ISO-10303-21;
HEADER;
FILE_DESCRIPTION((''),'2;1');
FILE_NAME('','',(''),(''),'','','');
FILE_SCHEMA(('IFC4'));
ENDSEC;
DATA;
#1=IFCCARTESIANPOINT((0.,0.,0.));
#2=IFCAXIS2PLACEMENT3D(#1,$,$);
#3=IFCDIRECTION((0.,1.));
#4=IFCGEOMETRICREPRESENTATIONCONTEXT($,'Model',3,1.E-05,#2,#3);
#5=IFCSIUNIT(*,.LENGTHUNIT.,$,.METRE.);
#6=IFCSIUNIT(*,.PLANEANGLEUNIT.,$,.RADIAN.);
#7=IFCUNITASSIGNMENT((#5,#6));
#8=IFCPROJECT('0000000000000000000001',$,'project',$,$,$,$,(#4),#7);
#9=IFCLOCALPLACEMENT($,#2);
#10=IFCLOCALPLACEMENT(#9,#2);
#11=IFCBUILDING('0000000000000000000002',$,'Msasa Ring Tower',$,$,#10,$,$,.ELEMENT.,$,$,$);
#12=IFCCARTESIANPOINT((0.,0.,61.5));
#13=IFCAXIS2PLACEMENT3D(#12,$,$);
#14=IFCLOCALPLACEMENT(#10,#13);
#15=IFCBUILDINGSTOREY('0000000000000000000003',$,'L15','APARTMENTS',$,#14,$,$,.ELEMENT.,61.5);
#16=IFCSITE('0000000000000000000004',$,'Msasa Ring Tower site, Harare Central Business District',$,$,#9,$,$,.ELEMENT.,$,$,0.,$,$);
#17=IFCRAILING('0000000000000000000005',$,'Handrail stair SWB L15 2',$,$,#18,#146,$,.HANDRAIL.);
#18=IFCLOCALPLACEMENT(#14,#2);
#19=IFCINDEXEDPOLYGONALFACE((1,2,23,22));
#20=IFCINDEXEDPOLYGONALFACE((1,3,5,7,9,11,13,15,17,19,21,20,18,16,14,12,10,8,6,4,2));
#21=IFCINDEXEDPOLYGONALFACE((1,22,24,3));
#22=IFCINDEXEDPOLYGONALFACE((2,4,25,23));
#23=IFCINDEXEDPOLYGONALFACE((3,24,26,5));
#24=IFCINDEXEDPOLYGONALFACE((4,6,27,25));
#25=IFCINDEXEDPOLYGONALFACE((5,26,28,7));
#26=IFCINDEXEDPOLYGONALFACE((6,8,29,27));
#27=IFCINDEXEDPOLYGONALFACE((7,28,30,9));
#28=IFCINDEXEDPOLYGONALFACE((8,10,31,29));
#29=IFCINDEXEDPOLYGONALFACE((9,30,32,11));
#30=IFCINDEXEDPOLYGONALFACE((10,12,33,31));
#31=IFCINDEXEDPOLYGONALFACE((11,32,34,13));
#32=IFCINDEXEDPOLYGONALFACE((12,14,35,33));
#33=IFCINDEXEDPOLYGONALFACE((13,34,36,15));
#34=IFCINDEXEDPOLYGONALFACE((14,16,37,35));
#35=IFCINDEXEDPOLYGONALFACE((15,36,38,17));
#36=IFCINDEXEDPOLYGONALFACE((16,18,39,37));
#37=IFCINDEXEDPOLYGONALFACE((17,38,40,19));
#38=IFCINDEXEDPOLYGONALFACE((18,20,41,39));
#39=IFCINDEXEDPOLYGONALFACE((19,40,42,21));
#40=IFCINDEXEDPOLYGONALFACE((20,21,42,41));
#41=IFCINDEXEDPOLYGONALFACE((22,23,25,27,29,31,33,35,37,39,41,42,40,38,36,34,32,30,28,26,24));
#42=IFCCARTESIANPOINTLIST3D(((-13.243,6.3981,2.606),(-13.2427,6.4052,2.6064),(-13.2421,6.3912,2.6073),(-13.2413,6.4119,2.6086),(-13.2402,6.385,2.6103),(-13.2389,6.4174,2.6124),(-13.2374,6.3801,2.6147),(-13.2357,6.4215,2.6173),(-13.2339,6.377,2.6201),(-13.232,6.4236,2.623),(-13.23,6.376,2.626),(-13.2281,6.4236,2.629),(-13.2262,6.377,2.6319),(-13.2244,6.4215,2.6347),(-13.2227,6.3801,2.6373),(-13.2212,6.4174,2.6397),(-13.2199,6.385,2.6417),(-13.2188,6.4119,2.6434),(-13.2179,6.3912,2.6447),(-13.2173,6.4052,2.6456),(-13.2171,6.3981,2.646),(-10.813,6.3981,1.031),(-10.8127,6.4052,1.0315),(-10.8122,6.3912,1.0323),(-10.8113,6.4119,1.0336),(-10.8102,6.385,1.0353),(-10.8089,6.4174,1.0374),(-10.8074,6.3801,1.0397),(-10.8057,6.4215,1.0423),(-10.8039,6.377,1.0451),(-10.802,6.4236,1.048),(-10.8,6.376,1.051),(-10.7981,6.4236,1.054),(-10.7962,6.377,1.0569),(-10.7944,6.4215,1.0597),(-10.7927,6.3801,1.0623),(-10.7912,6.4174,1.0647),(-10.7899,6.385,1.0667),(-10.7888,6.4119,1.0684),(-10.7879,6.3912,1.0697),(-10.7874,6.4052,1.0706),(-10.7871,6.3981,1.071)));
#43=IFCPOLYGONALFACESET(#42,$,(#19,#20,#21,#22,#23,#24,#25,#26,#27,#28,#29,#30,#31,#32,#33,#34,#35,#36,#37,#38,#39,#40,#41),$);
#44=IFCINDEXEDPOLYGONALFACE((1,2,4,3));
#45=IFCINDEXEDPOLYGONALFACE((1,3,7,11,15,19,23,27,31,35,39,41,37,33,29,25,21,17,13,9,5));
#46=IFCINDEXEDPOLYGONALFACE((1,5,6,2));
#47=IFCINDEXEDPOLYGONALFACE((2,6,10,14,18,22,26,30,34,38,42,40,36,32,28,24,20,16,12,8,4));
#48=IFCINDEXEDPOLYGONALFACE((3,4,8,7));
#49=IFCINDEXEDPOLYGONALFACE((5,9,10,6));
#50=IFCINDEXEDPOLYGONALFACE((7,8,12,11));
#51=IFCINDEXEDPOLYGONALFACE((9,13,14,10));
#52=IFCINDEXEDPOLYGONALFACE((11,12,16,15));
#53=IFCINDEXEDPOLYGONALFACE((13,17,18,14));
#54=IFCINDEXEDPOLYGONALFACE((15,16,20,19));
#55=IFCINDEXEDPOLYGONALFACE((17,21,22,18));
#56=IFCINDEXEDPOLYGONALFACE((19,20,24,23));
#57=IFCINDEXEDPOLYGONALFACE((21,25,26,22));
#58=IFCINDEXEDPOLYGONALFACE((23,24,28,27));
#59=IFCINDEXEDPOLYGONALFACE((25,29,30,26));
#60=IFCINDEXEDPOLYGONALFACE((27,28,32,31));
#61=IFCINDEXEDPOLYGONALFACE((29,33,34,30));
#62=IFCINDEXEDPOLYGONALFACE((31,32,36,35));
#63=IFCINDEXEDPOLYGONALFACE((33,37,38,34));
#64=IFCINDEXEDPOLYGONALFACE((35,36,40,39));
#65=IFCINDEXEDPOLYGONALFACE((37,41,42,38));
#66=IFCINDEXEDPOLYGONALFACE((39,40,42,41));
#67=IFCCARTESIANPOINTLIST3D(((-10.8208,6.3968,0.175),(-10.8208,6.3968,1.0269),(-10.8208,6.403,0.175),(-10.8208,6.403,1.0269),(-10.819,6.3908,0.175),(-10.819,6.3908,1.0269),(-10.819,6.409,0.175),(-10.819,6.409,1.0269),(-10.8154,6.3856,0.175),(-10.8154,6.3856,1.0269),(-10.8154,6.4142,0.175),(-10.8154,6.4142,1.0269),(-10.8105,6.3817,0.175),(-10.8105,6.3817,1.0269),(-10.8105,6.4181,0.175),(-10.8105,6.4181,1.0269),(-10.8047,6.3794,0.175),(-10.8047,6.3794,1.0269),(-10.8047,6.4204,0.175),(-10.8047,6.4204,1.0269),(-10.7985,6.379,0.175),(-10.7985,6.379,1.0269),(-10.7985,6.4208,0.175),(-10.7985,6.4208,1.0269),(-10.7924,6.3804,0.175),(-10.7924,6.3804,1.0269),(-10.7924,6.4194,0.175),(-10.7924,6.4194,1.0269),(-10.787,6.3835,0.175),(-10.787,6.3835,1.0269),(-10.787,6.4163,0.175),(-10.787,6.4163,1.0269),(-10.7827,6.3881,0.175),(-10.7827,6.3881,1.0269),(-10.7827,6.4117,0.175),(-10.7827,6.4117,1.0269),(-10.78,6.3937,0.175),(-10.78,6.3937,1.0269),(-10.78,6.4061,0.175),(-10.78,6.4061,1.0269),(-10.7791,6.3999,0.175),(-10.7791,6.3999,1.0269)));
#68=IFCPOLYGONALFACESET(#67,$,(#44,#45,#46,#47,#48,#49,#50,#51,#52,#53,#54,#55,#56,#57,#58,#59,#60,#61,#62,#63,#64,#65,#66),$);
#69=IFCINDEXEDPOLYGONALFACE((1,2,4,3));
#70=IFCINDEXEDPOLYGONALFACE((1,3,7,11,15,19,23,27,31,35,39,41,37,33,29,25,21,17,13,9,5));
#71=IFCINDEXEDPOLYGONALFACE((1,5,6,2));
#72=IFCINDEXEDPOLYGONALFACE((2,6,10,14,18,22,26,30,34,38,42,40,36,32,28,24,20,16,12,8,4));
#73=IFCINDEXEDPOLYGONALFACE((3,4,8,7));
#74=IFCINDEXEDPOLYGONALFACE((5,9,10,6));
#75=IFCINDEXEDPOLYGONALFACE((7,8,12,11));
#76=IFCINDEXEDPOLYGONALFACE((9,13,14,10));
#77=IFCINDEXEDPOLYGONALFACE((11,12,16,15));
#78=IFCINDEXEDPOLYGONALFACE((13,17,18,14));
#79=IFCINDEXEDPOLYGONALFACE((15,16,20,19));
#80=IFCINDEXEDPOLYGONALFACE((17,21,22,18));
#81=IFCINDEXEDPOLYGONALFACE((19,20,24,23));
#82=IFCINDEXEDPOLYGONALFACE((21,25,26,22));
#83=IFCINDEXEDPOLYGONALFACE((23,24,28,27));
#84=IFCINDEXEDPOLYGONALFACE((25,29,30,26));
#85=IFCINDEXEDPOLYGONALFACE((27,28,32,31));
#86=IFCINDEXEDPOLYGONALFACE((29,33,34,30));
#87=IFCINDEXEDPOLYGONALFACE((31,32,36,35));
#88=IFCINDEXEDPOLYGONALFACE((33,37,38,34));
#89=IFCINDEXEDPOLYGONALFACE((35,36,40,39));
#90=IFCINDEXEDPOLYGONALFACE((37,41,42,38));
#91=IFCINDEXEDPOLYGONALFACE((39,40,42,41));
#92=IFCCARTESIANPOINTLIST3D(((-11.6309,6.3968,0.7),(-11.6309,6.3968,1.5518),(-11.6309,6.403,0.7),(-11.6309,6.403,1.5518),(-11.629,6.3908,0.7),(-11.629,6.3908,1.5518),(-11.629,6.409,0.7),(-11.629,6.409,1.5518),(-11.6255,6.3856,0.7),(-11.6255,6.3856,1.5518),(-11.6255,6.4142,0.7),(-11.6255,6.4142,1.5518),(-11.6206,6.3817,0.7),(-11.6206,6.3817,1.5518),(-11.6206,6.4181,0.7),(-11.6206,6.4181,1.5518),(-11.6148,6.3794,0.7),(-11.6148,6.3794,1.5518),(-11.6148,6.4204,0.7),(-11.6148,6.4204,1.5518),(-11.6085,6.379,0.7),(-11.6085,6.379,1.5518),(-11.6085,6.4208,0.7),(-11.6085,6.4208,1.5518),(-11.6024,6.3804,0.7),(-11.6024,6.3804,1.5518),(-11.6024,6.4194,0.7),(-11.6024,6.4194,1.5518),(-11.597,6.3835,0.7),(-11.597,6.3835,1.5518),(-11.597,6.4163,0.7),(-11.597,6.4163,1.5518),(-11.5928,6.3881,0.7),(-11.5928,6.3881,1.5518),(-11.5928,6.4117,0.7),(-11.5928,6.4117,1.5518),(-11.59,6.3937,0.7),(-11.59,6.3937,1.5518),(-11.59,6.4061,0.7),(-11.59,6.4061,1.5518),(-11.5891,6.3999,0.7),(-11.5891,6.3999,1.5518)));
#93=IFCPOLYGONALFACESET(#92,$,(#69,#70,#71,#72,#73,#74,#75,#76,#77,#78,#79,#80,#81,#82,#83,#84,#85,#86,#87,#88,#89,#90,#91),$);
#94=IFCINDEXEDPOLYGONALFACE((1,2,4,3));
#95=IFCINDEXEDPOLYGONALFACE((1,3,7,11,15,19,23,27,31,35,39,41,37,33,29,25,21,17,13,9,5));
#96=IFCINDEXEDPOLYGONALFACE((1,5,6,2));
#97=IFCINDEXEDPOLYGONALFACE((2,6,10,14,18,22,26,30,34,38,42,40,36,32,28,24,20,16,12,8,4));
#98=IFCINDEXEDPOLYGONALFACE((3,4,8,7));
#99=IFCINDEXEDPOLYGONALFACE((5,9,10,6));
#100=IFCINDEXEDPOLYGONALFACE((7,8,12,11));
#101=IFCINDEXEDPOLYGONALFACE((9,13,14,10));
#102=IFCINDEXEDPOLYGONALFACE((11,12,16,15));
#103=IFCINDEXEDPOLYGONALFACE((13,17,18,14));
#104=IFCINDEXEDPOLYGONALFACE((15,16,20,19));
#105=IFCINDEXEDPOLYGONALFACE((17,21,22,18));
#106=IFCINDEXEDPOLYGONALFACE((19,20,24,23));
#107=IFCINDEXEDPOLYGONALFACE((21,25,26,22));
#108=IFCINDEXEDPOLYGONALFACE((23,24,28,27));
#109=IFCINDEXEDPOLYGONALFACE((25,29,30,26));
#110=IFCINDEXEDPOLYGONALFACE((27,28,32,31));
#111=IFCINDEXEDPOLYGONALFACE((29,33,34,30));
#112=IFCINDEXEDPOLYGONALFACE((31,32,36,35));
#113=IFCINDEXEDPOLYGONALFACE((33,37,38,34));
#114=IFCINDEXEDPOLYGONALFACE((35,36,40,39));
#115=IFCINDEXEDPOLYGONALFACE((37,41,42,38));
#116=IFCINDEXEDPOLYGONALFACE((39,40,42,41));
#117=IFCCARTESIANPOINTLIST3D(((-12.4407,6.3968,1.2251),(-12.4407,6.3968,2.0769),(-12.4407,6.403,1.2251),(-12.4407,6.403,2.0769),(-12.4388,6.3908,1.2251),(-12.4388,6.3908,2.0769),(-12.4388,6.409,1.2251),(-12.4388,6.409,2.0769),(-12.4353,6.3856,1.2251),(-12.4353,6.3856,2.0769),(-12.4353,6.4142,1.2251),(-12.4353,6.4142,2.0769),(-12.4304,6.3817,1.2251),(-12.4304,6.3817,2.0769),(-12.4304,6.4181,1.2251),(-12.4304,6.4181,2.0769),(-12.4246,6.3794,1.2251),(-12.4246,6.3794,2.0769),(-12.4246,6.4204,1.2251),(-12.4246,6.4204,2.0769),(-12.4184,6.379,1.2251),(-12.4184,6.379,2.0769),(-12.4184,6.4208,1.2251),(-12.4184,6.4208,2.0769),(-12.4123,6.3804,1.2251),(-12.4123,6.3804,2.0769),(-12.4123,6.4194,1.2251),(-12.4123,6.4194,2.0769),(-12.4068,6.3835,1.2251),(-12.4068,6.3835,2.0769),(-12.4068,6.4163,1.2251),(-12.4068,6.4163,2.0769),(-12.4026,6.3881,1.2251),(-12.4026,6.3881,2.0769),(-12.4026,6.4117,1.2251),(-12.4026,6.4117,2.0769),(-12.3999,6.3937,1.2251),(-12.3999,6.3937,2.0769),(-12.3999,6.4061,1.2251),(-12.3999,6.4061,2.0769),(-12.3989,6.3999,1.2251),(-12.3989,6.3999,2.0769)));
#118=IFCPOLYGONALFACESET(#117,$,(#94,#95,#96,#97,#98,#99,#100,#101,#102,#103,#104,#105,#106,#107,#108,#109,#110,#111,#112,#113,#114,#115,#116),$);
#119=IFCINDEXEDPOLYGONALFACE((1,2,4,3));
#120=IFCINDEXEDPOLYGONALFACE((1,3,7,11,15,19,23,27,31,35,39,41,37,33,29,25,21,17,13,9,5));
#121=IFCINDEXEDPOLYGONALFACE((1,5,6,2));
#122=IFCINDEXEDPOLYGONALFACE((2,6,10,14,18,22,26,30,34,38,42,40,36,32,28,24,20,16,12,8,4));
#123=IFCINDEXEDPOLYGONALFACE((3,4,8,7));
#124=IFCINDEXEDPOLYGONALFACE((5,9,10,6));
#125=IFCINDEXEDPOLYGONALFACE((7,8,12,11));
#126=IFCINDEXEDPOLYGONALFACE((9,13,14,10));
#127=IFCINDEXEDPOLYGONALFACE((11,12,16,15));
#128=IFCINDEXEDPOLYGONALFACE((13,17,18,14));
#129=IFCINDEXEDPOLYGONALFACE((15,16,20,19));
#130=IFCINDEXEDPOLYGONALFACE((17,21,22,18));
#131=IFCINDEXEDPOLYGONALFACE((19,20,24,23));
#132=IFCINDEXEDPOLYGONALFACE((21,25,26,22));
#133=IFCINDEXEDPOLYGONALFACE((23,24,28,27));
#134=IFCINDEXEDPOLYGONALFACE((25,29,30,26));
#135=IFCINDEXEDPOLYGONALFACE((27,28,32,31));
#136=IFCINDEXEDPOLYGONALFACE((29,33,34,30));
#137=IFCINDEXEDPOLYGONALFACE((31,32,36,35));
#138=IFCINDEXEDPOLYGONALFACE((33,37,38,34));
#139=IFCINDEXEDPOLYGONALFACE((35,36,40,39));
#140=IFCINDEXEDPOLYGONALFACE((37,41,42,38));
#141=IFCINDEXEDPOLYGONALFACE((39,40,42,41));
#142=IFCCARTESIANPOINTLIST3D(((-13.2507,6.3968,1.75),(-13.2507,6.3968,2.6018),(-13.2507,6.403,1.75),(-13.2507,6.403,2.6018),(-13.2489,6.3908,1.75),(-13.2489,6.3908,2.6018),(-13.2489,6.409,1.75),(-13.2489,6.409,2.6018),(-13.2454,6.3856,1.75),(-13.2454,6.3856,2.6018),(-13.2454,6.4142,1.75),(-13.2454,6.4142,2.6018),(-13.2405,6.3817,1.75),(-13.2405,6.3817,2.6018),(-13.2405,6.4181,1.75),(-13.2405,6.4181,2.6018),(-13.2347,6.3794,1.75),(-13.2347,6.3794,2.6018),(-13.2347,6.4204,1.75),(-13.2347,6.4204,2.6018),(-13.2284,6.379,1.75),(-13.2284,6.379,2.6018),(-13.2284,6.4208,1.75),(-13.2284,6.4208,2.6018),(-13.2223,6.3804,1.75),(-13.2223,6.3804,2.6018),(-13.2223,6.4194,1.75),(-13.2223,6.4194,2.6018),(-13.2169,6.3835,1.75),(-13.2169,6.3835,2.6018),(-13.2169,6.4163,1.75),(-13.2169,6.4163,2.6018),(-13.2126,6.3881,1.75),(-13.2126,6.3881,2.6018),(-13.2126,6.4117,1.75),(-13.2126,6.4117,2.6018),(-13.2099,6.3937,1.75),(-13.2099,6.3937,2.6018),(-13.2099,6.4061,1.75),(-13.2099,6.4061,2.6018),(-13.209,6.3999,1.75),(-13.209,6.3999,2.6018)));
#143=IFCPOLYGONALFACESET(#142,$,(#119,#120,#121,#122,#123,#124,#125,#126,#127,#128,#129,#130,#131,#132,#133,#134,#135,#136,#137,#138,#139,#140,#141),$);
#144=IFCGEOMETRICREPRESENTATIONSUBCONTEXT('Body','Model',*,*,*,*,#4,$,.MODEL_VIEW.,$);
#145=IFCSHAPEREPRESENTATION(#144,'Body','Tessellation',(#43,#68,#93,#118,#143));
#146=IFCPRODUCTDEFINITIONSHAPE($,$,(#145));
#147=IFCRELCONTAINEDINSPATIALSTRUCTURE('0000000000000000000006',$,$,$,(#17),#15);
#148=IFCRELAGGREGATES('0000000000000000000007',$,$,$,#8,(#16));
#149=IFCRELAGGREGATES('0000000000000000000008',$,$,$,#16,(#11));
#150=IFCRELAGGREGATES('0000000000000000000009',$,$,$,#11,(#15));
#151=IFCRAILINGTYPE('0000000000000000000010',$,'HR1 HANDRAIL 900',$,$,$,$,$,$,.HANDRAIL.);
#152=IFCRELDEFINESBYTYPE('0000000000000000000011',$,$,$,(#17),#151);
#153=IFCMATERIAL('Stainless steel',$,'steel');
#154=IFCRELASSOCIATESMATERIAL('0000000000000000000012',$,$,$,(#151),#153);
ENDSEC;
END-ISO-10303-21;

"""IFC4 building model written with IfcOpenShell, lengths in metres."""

from ifc_helpers import new_model, si_unit, direction, frame, origin, origin_2d, place, context, subcontext, project, spatial, circle, extrude, material, type_object, element, save


model = new_model("IFC4")

# Units and contexts
model_context = context("Model", 3, precision=1e-05, world=origin(), true_north=direction((0.0, 1.0)))
body_context = subcontext(model_context, "Body", "Model", "MODEL_VIEW")
ifc_project = project(units=[si_unit("LENGTHUNIT", "METRE"), si_unit("PLANEANGLEUNIT", "RADIAN")], contexts=[model_context])

# Site, building, storey
site_placement = place(None, origin())
site = spatial("IfcSite", under=ifc_project, at=site_placement, Name="Msasa Ring Tower site, Harare Central Business District", CompositionType="ELEMENT", RefElevation=0.0)
building_placement = place(site_placement, origin())
building = spatial("IfcBuilding", under=site, at=building_placement, Name="Msasa Ring Tower", CompositionType="ELEMENT")
storey_placement = place(building_placement, frame((0.0, 0.0, 61.5)))
storey = spatial("IfcBuildingStorey", under=building, at=storey_placement, Name="L15", Description="APARTMENTS", CompositionType="ELEMENT", Elevation=61.5)

# Railing
ifc_material_1 = material(Name="Stainless steel", Category="steel")
railing_type = type_object("IfcRailingType", Name="HR1 HANDRAIL 900", PredefinedType="HANDRAIL", material=ifc_material_1)
for number, where, name in (
    (1, (-10.8, 6.3999, 0.175), "Handrail stair SWB L15 2"),
):
    element("IfcRailing", number, at=place(storey_placement, frame(where)), inside=storey, type_object=railing_type, Name=name, PredefinedType="HANDRAIL", context=body_context, shape_type="SweptSolid", body=[
        extrude(circle(Radius=0.0239, at=origin_2d()), frame((0.0, 0.0, 0.876), z_axis=(-0.839154, 0.0, 0.543894), x_axis=(0.0, -1.0, 0.0)), (0.0, 0.0, 1.0), 2.8958),
        extrude(circle(Radius=0.021, at=origin_2d()), origin(), (0.0, 0.0, 1.0), 0.8518),
        extrude(circle(Radius=0.021, at=origin_2d()), frame((-0.8101, 0.0, 0.5249)), (0.0, 0.0, 1.0), 0.8518),
        extrude(circle(Radius=0.021, at=origin_2d()), frame((-1.6199, 0.0, 1.05)), (0.0, 0.0, 1.0), 0.8518),
        extrude(circle(Radius=0.021, at=origin_2d()), frame((-2.4299, 0.0, 1.575)), (0.0, 0.0, 1.0), 0.8518),
    ])

save(model, "model.ifc")
